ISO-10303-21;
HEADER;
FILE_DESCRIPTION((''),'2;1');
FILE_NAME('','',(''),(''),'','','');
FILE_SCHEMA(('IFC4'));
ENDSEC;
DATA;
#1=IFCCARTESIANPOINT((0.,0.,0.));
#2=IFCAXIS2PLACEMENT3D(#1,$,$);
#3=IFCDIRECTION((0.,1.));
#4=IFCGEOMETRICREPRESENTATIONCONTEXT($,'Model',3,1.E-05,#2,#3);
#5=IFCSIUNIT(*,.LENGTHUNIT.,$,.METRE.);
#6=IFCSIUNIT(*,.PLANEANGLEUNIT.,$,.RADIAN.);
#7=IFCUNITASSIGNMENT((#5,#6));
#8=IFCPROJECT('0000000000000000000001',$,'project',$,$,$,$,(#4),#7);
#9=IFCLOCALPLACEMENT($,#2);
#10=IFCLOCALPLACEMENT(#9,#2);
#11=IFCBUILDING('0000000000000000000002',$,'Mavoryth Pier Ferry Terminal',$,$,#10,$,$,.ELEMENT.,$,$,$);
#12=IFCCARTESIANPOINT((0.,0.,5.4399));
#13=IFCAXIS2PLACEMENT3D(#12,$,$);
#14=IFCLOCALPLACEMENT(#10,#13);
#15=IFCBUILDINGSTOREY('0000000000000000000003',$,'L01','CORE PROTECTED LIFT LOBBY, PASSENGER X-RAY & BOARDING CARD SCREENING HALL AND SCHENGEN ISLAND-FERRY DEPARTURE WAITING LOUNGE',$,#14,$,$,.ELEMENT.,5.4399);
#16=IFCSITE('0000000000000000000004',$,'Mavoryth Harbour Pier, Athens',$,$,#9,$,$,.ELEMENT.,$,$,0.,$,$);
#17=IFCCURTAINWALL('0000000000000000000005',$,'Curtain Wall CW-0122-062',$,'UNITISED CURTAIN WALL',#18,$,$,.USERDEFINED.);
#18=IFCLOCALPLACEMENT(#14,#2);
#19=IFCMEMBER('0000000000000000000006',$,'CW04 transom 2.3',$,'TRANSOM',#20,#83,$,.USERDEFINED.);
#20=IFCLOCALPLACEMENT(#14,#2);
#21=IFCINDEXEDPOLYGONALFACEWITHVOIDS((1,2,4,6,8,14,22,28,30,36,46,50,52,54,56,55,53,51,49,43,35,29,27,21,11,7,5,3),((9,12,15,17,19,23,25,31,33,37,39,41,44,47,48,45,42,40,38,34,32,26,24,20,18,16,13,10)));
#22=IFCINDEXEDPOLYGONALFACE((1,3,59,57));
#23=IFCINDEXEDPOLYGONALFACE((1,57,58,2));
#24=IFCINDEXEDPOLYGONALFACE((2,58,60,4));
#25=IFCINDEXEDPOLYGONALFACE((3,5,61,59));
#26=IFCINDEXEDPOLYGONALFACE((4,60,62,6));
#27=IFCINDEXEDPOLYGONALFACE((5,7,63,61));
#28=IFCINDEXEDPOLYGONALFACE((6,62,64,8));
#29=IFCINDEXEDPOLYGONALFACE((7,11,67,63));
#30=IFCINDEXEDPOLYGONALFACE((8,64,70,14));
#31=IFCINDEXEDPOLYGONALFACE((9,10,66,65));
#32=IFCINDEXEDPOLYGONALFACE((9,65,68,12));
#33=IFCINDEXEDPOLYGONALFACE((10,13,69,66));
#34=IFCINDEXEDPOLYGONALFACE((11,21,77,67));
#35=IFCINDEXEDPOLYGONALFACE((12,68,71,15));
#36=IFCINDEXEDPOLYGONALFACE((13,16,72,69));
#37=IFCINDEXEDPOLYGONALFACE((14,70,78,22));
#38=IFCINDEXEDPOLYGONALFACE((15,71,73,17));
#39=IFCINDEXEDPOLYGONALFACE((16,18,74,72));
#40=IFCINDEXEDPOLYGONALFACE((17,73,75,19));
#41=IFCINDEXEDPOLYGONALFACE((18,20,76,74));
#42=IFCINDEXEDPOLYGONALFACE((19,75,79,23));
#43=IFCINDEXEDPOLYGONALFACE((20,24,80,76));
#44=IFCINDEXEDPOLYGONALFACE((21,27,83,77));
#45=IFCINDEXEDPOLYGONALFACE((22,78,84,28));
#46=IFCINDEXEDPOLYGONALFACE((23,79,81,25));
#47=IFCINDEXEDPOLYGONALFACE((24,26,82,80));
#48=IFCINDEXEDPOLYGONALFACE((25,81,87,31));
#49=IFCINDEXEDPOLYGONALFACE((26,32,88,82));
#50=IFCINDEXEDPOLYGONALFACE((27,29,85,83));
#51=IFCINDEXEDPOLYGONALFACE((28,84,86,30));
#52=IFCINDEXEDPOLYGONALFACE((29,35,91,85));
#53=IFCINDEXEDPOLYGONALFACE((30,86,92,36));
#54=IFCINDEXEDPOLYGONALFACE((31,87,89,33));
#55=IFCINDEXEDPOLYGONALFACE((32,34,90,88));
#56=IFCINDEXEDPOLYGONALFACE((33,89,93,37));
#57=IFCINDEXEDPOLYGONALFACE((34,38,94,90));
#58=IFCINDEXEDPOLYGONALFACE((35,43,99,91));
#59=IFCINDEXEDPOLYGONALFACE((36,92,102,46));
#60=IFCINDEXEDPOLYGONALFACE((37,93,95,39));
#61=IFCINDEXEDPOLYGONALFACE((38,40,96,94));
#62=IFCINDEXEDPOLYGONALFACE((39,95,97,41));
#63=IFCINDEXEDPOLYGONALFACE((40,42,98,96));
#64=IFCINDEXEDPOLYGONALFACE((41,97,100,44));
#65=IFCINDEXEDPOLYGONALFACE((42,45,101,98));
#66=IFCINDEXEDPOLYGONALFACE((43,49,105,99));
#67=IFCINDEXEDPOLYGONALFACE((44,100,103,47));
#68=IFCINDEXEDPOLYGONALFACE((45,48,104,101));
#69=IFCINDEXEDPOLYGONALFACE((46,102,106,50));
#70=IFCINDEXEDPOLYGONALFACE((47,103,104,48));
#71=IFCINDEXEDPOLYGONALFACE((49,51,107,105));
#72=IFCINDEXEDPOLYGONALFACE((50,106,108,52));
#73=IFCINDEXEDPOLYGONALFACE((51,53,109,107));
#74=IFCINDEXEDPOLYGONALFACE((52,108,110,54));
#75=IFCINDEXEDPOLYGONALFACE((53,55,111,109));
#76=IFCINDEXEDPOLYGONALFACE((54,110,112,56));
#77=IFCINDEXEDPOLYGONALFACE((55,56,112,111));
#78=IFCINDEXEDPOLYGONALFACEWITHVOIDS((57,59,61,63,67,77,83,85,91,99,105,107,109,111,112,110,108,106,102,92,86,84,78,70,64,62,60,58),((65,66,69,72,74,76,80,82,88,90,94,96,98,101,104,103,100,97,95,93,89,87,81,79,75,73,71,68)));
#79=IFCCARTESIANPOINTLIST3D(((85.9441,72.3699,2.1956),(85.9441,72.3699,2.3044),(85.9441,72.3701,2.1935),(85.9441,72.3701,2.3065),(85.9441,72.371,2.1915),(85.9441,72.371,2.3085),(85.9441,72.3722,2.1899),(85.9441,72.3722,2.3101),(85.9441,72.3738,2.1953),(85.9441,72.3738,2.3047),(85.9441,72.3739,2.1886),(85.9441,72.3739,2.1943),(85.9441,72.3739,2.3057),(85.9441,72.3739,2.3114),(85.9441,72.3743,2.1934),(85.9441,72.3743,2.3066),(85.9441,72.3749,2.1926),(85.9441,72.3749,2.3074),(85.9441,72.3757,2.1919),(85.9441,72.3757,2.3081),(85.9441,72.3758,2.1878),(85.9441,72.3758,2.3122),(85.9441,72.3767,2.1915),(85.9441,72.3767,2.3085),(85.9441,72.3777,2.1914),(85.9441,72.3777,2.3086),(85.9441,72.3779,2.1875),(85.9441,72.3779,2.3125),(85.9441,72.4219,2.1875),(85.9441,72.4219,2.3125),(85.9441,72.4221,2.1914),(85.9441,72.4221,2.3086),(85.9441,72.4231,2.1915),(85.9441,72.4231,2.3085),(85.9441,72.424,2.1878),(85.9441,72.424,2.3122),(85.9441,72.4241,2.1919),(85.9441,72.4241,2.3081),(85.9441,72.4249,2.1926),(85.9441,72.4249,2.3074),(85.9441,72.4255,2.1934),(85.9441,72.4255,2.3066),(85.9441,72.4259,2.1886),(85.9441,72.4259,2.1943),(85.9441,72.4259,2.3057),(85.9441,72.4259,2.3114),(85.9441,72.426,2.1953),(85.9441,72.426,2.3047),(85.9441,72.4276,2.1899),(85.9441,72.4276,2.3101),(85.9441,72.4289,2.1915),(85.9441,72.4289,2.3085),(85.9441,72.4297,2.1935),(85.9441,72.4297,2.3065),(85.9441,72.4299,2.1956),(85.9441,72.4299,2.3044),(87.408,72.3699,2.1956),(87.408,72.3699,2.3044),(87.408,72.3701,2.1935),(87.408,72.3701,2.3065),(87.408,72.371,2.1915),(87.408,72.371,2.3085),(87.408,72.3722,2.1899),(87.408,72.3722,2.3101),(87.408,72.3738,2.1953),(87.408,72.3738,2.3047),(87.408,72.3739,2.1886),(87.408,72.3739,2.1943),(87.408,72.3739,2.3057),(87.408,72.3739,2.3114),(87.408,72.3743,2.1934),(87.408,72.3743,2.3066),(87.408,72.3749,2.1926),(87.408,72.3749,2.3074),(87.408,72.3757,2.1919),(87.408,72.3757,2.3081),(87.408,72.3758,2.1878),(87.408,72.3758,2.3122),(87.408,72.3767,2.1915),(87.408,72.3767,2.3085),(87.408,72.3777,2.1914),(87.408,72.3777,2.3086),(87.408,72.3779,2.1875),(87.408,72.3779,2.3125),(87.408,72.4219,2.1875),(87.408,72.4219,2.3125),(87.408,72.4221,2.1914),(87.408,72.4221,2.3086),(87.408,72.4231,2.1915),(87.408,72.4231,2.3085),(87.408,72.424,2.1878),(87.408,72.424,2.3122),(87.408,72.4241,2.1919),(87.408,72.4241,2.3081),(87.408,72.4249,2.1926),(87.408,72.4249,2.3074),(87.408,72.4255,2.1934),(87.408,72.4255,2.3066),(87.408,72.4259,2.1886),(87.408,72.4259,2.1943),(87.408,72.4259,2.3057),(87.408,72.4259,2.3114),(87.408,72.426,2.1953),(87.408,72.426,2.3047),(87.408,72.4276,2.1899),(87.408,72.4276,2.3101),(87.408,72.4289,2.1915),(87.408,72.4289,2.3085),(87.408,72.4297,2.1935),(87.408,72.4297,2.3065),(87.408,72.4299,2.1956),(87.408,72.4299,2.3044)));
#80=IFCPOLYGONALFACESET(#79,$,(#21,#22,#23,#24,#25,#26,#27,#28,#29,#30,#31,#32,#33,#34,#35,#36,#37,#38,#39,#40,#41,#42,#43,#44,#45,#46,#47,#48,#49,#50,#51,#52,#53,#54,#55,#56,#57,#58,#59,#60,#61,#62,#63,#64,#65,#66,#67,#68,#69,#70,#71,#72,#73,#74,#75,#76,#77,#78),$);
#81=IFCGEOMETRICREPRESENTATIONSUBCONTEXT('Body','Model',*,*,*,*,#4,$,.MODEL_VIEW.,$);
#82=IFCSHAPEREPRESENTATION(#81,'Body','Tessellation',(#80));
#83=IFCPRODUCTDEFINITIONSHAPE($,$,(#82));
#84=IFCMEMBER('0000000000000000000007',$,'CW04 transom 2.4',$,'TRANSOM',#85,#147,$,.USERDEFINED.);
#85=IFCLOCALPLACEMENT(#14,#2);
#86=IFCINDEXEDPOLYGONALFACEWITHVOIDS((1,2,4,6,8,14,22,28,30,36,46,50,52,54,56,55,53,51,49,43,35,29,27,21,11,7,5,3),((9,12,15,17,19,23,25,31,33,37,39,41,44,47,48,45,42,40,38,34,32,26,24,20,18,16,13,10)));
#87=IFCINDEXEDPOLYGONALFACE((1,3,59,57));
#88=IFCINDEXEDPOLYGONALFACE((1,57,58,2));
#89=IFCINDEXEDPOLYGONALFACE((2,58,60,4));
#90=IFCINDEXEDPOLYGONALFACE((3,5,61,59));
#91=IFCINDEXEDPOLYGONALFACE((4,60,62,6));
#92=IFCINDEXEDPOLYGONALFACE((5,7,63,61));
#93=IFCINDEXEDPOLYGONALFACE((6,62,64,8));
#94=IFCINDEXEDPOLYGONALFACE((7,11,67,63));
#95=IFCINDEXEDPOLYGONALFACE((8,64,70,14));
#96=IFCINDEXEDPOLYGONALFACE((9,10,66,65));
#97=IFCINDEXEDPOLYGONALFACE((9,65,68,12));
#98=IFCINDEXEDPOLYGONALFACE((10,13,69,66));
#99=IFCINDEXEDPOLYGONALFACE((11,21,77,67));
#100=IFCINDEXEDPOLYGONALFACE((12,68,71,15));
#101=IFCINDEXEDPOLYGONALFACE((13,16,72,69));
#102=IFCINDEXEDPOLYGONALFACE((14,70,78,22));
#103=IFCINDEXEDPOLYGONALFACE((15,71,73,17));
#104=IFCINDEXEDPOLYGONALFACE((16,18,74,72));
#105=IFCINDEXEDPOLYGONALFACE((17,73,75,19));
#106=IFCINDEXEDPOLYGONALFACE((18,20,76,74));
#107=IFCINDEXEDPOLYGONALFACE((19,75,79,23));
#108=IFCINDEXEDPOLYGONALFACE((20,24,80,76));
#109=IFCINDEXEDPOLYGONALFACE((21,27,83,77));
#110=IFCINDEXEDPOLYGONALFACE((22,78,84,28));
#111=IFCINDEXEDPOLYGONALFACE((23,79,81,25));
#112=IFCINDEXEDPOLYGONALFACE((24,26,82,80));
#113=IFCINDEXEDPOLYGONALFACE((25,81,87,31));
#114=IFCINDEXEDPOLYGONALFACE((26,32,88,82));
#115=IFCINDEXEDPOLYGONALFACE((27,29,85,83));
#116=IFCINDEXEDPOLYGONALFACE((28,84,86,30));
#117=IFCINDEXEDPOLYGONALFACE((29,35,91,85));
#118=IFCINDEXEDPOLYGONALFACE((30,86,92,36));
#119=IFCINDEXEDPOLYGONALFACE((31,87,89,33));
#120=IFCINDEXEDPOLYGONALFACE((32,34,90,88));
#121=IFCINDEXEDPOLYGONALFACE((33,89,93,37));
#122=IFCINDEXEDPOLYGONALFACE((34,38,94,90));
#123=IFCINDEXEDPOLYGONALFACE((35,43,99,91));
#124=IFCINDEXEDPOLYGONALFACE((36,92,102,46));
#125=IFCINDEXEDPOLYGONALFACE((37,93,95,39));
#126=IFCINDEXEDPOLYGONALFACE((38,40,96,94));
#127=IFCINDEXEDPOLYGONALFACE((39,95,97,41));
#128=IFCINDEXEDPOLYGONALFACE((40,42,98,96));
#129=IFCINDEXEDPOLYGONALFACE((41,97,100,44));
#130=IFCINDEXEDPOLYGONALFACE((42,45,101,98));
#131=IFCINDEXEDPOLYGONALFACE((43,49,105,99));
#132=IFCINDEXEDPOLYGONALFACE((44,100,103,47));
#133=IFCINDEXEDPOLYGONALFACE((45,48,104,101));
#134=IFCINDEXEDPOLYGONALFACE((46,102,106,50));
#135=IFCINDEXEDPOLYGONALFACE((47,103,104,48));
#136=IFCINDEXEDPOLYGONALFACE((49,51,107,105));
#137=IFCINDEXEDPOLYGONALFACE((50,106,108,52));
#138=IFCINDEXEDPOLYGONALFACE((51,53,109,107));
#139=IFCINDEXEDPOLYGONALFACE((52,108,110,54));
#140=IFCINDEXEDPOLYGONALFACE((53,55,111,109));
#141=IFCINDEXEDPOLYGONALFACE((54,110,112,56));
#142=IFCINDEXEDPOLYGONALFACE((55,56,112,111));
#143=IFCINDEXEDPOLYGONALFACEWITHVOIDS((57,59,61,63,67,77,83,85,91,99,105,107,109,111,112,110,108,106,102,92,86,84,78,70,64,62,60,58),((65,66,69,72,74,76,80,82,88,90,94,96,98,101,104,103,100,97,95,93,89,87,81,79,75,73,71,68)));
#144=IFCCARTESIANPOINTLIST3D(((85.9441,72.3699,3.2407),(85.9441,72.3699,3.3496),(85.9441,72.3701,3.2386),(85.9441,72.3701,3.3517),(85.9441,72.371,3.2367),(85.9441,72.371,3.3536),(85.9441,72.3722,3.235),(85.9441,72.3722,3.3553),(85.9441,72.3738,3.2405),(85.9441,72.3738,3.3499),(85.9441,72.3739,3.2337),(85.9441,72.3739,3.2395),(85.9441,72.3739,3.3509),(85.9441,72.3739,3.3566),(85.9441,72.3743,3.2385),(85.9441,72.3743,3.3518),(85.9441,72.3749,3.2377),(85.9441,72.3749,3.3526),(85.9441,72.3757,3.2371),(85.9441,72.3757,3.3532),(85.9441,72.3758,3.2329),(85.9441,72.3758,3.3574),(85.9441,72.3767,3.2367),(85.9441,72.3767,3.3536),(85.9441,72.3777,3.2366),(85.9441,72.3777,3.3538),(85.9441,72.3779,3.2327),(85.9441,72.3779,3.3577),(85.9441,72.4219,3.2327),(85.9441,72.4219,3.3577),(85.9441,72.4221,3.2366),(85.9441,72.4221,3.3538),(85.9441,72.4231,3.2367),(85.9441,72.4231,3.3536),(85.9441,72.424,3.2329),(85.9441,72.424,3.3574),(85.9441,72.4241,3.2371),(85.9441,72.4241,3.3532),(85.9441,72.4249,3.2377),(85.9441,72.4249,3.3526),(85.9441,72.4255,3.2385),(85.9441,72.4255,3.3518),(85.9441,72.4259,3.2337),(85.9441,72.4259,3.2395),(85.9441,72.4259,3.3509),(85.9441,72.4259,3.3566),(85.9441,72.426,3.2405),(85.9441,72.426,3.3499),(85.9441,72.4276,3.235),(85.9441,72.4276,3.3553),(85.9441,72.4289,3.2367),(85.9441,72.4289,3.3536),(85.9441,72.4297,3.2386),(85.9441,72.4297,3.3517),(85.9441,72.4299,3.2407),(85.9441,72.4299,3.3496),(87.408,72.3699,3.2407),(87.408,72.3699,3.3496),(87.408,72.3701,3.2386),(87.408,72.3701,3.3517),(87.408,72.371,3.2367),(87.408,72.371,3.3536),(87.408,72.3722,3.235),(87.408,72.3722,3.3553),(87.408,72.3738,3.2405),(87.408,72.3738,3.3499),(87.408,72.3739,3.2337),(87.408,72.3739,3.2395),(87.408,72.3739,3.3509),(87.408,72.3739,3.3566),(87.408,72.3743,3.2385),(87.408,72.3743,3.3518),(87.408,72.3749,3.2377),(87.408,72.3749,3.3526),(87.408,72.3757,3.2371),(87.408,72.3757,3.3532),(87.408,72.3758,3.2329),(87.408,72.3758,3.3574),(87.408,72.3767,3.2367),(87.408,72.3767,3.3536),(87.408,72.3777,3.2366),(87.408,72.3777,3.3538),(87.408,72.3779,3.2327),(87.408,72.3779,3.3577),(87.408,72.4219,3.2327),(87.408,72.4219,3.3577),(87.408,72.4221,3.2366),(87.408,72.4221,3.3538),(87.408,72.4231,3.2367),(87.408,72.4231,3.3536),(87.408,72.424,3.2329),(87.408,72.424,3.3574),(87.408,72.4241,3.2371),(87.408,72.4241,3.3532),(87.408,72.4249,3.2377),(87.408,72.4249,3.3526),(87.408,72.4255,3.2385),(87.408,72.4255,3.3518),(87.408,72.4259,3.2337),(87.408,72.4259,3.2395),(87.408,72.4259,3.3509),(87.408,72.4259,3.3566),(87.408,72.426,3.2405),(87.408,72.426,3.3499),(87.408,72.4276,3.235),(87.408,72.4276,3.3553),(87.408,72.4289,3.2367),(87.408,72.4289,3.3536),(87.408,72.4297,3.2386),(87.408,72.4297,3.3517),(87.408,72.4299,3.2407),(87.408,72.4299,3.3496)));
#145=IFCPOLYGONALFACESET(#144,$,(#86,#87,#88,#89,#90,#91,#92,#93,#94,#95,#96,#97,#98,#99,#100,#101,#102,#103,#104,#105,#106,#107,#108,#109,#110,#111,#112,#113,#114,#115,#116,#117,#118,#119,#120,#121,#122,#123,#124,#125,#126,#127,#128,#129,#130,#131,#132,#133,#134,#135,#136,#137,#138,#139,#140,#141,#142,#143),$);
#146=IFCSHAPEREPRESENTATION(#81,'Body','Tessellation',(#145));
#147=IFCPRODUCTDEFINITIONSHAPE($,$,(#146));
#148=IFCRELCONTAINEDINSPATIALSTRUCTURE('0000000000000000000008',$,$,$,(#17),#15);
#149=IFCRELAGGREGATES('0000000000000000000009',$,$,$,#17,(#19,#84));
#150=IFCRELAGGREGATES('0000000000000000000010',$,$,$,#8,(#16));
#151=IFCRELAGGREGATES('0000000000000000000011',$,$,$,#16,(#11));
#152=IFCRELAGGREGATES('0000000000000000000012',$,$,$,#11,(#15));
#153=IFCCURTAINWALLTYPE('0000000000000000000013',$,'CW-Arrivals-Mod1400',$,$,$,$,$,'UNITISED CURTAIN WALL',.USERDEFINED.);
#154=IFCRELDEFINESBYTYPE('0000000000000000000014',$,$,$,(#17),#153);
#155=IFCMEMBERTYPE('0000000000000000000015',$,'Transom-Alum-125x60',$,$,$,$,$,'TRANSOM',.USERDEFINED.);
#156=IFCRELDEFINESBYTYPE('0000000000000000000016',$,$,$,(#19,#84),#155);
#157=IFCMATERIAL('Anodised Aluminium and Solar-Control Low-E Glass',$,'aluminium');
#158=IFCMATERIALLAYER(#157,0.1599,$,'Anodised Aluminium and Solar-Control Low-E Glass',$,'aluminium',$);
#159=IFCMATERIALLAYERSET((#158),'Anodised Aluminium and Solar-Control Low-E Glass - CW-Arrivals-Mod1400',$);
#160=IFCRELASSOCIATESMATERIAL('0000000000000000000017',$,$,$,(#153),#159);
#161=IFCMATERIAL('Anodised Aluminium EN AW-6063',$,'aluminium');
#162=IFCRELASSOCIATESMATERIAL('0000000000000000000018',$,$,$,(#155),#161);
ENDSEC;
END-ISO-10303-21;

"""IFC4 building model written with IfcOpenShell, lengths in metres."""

from ifc_helpers import new_model, si_unit, direction, frame, origin, origin_2d, place, context, subcontext, project, spatial, hollow_rectangle, extrude, material, layer, layer_set, material_profile, profile_set, type_object, element, aggregate, save


model = new_model("IFC4")

# Units and contexts
model_context = context("Model", 3, precision=1e-05, world=origin(), true_north=direction((0.0, 1.0)))
body_context = subcontext(model_context, "Body", "Model", "MODEL_VIEW")
ifc_project = project(units=[si_unit("LENGTHUNIT", "METRE"), si_unit("PLANEANGLEUNIT", "RADIAN")], contexts=[model_context])

# Site, building, storey
site_placement = place(None, origin())
site = spatial("IfcSite", under=ifc_project, at=site_placement, Name="Mavoryth Harbour Pier, Athens", CompositionType="ELEMENT", RefElevation=0.0)
building_placement = place(site_placement, origin())
building = spatial("IfcBuilding", under=site, at=building_placement, Name="Mavoryth Pier Ferry Terminal", CompositionType="ELEMENT")
storey_placement = place(building_placement, frame((0.0, 0.0, 5.4399)))
storey = spatial("IfcBuildingStorey", under=building, at=storey_placement, Name="L01", Description="CORE PROTECTED LIFT LOBBY, PASSENGER X-RAY & BOARDING CARD SCREENING HALL AND SCHENGEN ISLAND-FERRY DEPARTURE WAITING LOUNGE", CompositionType="ELEMENT", Elevation=5.4399)

# Curtain wall
ifc_material_1 = material(Name="Anodised Aluminium and Solar-Control Low-E Glass", Category="aluminium")
ifc_layer_1 = layer(ifc_material_1, 0.1599, Name="Anodised Aluminium and Solar-Control Low-E Glass", Category="aluminium")
ifc_layer_set_1 = layer_set([ifc_layer_1], Name="Anodised Aluminium and Solar-Control Low-E Glass - CW-Arrivals-Mod1400")
curtain_wall_type = type_object("IfcCurtainWallType", Name="CW-Arrivals-Mod1400", ElementType="UNITISED CURTAIN WALL", PredefinedType="USERDEFINED", material=ifc_layer_set_1)
ifc_material_2 = material(Name="Anodised Aluminium EN AW-6063", Category="aluminium")
curtain_wall_1_placement = place(storey_placement, origin())
curtain_wall_1 = element("IfcCurtainWall", 1, at=curtain_wall_1_placement, inside=storey, type_object=curtain_wall_type, Name="Curtain Wall CW-0122-062", ObjectType="UNITISED CURTAIN WALL", PredefinedType="USERDEFINED")

# Members
ifc_material_profile_1 = material_profile(ifc_material_2, hollow_rectangle(XDim=0.0601, YDim=0.125, WallThickness=0.0039, InnerFilletRadius=0.0039, OuterFilletRadius=0.0081, at=origin_2d()), Name="AL-TRAN 125x60x4", Category="aluminium")
ifc_profile_set_1 = profile_set([ifc_material_profile_1], Name="Anodised Aluminium EN AW-6063 - AL-TRAN 125x60x4")
member_type_1 = type_object("IfcMemberType", Name="Transom-Alum-125x60", ElementType="TRANSOM", PredefinedType="USERDEFINED", material=ifc_profile_set_1)
member_1_placement = place(storey_placement, frame((85.9441, 72.3999, 2.25), z_axis=(1.0, 0.0, 0.0), x_axis=(0.0, 1.0, 0.0)))
member_1 = element("IfcMember", 2, at=member_1_placement, type_object=member_type_1, Name="CW04 transom 2.3", ObjectType="TRANSOM", PredefinedType="USERDEFINED", context=body_context, shape_type="SweptSolid", body=[
    extrude(hollow_rectangle(XDim=0.0601, YDim=0.125, WallThickness=0.0039, InnerFilletRadius=0.0039, OuterFilletRadius=0.0081, at=origin_2d()), origin(), (0.0, 0.0, 1.0), 1.4639),
])
member_2_placement = place(storey_placement, frame((85.9441, 72.3999, 3.2952), z_axis=(1.0, 0.0, 0.0), x_axis=(0.0, 1.0, 0.0)))
member_2 = element("IfcMember", 3, at=member_2_placement, type_object=member_type_1, Name="CW04 transom 2.4", ObjectType="TRANSOM", PredefinedType="USERDEFINED", context=body_context, shape_type="SweptSolid", body=[
    extrude(hollow_rectangle(XDim=0.0601, YDim=0.125, WallThickness=0.0039, InnerFilletRadius=0.0039, OuterFilletRadius=0.0081, at=origin_2d()), origin(), (0.0, 0.0, 1.0), 1.4639),
])

aggregate(curtain_wall_1, [member_1, member_2])

save(model, "model.ifc")
